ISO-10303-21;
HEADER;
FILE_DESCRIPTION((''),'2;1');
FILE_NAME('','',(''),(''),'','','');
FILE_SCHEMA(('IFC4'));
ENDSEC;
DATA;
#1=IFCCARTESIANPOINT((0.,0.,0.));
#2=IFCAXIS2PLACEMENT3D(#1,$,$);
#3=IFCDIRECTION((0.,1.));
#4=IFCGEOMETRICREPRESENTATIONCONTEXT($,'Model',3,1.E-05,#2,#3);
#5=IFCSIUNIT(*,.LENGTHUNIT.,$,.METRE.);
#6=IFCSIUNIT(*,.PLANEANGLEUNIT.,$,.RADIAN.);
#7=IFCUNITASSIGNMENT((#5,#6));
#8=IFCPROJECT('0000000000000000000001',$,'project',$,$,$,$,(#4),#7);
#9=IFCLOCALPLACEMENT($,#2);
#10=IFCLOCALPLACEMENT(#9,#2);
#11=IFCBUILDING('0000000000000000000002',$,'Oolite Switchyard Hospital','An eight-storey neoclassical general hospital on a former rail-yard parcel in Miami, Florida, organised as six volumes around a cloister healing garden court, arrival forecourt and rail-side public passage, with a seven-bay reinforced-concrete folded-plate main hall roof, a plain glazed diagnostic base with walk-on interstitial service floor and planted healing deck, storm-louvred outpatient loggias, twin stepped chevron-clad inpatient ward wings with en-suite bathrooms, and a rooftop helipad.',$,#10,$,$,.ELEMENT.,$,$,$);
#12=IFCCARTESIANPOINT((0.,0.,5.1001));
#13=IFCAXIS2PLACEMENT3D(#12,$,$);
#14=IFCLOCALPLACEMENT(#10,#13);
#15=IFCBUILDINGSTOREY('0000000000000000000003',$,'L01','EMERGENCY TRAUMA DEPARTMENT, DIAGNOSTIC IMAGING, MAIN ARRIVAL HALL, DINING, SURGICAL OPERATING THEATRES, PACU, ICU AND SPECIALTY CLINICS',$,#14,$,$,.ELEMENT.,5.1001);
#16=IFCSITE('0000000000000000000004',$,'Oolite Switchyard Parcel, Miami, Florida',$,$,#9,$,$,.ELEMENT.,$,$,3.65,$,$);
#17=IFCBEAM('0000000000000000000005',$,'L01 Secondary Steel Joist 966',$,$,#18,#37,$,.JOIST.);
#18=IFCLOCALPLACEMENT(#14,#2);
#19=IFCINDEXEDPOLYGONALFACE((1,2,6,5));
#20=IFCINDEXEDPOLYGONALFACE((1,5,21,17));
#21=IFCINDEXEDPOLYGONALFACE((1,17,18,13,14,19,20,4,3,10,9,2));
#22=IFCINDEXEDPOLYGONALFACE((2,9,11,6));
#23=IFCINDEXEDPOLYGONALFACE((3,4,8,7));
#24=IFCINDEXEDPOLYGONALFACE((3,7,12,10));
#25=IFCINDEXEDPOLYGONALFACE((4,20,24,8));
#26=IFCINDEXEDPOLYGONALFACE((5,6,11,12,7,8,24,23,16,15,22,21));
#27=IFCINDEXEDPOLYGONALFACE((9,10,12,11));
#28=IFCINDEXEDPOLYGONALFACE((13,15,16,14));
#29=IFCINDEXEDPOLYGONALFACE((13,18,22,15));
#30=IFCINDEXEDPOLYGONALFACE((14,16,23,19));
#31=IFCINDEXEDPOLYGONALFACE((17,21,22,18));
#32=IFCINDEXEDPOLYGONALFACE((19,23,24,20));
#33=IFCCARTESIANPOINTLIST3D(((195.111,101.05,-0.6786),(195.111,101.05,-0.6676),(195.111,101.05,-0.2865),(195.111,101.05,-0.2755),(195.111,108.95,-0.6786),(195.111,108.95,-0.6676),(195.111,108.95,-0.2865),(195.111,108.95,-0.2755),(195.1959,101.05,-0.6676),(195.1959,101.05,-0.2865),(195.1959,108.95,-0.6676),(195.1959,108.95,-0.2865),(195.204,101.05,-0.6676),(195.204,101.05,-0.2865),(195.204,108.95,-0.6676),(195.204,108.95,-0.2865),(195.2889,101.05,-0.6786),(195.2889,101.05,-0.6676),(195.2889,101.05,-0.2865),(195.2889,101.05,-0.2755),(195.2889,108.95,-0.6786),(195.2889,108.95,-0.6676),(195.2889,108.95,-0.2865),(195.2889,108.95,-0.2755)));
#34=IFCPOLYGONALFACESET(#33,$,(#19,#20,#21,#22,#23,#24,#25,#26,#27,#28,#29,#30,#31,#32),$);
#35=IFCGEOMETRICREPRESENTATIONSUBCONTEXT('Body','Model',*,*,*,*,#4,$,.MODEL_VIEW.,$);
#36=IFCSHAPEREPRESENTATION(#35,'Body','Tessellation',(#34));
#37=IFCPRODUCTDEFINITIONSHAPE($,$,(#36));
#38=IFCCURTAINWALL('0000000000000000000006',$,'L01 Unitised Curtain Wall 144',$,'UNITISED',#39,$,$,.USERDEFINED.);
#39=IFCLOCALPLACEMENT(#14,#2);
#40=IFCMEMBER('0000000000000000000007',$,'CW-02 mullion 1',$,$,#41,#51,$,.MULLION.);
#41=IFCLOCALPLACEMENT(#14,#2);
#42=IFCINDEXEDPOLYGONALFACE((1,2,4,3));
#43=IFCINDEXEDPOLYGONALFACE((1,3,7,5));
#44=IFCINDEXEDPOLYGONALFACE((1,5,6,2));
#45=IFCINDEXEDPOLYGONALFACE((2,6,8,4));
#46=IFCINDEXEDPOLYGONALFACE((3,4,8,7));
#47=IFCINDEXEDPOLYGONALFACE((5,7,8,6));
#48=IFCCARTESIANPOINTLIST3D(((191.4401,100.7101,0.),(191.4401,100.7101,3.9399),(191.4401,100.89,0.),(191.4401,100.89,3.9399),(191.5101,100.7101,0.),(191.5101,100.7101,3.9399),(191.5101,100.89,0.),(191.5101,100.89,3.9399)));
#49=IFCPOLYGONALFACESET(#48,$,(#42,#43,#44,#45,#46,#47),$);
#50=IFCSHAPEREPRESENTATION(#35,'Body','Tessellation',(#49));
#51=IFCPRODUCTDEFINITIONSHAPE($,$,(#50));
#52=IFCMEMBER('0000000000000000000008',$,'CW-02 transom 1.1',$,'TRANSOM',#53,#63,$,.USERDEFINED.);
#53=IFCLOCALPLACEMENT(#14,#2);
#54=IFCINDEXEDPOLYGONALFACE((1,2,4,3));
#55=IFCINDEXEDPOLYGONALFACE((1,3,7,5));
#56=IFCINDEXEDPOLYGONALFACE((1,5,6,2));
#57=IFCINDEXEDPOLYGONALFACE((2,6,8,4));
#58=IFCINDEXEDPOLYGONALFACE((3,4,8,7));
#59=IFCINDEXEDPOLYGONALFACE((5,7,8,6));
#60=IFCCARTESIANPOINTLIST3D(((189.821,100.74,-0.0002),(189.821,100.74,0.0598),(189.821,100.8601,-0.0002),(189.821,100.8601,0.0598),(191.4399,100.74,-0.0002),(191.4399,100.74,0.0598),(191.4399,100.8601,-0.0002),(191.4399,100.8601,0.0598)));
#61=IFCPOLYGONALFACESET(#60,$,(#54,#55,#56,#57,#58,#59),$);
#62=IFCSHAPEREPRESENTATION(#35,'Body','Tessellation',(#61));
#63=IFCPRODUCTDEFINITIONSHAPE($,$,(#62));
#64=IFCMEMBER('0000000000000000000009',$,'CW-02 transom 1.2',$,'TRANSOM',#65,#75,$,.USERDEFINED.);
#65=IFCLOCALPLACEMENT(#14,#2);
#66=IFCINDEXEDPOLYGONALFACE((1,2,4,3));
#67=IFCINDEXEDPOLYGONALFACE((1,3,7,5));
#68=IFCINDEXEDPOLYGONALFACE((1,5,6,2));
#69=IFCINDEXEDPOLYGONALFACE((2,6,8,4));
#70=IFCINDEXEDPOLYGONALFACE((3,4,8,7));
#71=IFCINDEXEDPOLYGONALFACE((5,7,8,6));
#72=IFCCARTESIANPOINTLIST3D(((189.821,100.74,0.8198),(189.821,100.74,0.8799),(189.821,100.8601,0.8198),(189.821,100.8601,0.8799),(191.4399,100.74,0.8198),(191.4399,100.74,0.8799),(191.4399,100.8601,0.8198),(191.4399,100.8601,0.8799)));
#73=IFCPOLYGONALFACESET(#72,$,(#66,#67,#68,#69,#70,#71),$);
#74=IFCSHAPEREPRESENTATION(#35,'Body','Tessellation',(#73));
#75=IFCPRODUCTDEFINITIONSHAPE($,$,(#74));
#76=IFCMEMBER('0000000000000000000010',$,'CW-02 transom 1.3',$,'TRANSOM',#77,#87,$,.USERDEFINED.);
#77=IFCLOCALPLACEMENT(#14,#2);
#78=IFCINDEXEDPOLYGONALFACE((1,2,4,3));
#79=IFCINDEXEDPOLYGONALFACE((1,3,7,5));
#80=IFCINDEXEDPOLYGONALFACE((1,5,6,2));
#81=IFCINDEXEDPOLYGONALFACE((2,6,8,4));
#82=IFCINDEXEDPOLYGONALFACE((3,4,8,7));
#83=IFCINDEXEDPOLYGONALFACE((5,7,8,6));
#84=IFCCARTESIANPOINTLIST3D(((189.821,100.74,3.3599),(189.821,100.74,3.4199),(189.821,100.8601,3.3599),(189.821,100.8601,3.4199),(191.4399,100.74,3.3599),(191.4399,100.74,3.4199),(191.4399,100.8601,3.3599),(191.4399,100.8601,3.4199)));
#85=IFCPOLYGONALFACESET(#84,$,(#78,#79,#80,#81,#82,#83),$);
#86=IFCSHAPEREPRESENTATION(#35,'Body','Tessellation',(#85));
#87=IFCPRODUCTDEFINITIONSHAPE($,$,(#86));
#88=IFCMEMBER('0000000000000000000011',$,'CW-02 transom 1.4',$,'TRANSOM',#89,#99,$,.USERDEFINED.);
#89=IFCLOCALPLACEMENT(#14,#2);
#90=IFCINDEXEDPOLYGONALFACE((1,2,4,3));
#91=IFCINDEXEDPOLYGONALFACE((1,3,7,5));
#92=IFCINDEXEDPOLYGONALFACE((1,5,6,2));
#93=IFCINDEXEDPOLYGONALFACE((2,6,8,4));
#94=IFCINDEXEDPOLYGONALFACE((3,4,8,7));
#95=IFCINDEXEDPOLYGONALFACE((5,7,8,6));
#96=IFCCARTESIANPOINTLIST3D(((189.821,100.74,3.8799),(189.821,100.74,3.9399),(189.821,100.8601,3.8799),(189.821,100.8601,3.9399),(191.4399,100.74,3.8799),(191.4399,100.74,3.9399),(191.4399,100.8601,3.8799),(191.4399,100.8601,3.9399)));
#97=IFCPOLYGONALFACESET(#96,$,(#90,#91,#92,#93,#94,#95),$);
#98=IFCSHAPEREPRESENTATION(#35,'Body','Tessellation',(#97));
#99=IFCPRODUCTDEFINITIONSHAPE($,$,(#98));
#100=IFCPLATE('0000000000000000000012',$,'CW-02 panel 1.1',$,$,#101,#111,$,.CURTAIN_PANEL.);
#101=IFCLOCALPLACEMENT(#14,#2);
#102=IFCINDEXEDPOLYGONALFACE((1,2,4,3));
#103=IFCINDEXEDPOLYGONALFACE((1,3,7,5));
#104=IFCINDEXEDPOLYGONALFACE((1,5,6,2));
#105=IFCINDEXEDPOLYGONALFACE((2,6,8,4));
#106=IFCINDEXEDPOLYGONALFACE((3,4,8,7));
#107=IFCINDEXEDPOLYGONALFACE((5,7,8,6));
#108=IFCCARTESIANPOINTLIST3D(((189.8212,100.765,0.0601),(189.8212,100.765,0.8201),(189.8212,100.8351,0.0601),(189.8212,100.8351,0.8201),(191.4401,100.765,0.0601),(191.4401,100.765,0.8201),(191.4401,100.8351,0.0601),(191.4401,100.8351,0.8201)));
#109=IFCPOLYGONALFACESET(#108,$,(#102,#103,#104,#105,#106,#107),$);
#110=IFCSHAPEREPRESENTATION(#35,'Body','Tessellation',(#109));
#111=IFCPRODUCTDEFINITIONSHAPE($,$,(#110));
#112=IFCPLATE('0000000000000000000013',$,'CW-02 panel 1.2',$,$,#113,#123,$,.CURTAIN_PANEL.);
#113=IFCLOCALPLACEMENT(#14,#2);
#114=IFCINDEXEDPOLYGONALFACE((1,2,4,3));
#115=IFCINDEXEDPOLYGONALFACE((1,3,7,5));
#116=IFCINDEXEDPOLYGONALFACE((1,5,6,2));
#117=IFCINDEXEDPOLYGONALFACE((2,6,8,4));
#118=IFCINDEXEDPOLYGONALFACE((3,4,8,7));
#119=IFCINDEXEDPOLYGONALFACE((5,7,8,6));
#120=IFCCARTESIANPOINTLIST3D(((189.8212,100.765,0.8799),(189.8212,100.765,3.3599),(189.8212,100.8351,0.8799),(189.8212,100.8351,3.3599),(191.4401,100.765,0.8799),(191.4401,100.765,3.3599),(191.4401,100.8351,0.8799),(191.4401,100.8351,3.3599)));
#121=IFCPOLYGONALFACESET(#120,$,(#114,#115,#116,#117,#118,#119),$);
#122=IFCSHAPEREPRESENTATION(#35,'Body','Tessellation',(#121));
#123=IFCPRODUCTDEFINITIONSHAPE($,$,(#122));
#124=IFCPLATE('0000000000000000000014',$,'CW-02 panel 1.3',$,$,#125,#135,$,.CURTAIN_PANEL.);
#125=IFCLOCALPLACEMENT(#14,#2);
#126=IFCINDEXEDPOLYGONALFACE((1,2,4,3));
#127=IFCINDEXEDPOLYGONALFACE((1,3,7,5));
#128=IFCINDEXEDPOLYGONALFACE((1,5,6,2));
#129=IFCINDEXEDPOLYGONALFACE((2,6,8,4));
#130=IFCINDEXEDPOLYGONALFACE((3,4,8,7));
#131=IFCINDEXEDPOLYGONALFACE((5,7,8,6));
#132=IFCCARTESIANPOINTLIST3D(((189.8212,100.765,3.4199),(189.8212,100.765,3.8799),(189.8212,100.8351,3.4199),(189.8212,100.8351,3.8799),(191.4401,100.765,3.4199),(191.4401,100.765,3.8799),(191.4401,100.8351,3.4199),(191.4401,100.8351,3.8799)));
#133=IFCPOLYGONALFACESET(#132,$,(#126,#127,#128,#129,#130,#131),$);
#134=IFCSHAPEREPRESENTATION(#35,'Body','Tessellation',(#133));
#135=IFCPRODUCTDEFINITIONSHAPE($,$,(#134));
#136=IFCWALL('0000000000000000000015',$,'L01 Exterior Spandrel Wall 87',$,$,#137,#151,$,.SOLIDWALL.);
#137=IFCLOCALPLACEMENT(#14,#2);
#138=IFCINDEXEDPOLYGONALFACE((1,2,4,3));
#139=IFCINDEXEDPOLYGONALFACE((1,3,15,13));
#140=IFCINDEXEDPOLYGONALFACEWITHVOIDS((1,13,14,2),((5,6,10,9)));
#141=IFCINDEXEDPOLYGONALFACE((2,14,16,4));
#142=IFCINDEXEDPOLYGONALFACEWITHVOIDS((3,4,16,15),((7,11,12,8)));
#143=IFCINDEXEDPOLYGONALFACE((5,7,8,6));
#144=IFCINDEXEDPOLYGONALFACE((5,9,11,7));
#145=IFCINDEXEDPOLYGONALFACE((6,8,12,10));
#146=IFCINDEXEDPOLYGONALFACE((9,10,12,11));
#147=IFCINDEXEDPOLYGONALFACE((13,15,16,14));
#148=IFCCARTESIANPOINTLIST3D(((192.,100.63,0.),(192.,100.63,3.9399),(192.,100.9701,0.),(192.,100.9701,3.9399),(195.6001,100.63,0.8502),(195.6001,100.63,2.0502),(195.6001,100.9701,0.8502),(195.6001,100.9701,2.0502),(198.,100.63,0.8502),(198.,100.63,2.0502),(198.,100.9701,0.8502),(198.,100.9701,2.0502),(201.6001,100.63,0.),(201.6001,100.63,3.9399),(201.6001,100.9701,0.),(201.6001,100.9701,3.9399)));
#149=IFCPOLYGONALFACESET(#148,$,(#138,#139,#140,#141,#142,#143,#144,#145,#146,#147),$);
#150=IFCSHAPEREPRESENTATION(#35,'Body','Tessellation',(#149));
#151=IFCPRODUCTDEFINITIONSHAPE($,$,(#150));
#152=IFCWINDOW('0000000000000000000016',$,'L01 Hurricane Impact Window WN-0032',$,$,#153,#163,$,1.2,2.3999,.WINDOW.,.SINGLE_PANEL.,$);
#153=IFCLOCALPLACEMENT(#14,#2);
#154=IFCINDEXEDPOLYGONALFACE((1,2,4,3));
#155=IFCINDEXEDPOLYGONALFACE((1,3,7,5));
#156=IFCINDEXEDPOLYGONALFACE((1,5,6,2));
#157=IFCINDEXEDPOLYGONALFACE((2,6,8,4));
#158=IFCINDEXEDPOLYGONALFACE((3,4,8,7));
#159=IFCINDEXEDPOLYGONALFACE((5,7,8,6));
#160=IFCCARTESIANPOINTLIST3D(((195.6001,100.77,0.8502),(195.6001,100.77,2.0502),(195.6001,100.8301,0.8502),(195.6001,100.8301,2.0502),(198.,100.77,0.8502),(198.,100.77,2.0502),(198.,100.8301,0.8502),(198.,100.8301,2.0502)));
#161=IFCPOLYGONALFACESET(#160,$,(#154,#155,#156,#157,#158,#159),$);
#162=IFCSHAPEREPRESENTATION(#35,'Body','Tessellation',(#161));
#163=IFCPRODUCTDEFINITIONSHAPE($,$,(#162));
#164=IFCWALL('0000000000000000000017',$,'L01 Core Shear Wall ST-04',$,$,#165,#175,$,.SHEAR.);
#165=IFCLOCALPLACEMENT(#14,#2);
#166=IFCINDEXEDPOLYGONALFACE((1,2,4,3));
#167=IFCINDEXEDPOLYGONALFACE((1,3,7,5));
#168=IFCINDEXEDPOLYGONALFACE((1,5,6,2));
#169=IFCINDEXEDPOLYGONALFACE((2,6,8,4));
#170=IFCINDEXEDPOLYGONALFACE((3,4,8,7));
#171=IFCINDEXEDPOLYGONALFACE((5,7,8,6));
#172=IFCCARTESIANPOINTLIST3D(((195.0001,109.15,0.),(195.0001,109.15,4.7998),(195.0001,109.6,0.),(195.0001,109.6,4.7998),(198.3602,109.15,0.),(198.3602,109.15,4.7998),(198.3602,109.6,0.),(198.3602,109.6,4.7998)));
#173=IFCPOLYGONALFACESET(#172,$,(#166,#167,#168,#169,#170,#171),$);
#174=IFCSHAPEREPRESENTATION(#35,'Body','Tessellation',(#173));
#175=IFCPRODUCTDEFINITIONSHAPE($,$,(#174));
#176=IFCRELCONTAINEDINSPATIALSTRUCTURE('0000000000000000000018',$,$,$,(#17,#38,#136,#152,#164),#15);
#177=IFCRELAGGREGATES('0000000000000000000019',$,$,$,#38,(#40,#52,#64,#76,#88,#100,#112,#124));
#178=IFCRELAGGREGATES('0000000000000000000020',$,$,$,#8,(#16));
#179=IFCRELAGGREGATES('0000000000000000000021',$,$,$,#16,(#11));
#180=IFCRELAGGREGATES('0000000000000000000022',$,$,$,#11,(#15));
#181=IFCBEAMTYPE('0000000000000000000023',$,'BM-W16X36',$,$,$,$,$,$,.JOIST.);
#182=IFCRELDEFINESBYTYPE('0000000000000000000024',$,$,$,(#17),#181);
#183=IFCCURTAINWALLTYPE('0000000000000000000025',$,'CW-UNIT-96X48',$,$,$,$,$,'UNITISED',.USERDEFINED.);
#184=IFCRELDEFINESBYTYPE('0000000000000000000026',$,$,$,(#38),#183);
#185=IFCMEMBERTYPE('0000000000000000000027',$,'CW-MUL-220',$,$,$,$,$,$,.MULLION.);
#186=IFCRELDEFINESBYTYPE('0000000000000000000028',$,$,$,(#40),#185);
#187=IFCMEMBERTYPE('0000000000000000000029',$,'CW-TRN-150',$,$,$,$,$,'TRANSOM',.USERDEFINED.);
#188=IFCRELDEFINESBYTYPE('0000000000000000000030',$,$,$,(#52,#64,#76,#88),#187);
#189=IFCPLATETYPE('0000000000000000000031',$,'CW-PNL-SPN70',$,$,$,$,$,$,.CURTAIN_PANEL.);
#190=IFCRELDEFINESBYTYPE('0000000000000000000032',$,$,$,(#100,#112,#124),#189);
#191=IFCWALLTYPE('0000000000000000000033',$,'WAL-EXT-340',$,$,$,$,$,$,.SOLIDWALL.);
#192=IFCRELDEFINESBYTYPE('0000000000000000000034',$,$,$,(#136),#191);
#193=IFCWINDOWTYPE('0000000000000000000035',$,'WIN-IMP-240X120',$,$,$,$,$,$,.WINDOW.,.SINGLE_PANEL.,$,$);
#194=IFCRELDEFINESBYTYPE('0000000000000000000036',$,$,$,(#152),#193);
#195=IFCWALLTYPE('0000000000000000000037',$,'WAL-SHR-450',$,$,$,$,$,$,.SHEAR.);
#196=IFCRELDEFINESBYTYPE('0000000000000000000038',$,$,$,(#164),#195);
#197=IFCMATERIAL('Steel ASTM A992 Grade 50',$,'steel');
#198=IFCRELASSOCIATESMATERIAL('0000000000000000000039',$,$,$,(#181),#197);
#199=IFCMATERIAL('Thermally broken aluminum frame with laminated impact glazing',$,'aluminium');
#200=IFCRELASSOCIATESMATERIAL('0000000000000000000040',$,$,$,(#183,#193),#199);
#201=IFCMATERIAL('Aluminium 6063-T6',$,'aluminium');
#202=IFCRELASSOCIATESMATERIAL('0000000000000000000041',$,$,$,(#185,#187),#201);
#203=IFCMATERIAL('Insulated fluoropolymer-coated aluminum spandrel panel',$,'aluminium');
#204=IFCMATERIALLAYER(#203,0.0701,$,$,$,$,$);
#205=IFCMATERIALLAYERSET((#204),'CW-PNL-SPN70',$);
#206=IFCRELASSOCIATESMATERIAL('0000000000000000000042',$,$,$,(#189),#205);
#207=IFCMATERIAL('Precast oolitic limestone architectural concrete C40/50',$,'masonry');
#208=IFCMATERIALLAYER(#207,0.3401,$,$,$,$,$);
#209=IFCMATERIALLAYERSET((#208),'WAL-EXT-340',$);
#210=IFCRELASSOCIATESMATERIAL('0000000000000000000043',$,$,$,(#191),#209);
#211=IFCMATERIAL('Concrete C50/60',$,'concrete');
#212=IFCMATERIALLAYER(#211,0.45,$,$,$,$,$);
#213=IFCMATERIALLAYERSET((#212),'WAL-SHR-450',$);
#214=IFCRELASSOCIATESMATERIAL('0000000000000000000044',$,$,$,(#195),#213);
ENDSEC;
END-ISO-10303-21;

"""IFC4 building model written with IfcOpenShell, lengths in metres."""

from ifc_helpers import new_model, si_unit, direction, frame, frame_2d, origin, origin_2d, place, context, subcontext, project, spatial, rectangle, i_section, extrude, material, layer, layer_set, material_profile, profile_set, type_object, element, fill, aggregate, save


model = new_model("IFC4")

# Units and contexts
model_context = context("Model", 3, precision=1e-05, world=origin(), true_north=direction((0.0, 1.0)))
body_context = subcontext(model_context, "Body", "Model", "MODEL_VIEW")
ifc_project = project(units=[si_unit("LENGTHUNIT", "METRE"), si_unit("PLANEANGLEUNIT", "RADIAN")], contexts=[model_context])

# Site, building, storey
site_placement = place(None, origin())
site = spatial("IfcSite", under=ifc_project, at=site_placement, Name="Oolite Switchyard Parcel, Miami, Florida", CompositionType="ELEMENT", RefElevation=3.65)
building_placement = place(site_placement, origin())
building = spatial("IfcBuilding", under=site, at=building_placement, Name="Oolite Switchyard Hospital", Description="An eight-storey neoclassical general hospital on a former rail-yard parcel in Miami, Florida, organised as six volumes around a cloister healing garden court, arrival forecourt and rail-side public passage, with a seven-bay reinforced-concrete folded-plate main hall roof, a plain glazed diagnostic base with walk-on interstitial service floor and planted healing deck, storm-louvred outpatient loggias, twin stepped chevron-clad inpatient ward wings with en-suite bathrooms, and a rooftop helipad.", CompositionType="ELEMENT")
storey_placement = place(building_placement, frame((0.0, 0.0, 5.1001)))
storey = spatial("IfcBuildingStorey", under=building, at=storey_placement, Name="L01", Description="EMERGENCY TRAUMA DEPARTMENT, DIAGNOSTIC IMAGING, MAIN ARRIVAL HALL, DINING, SURGICAL OPERATING THEATRES, PACU, ICU AND SPECIALTY CLINICS", CompositionType="ELEMENT", Elevation=5.1001)

# Shared definitions
ifc_material_1 = material(Name="Concrete C50/60", Category="concrete")

# Beam
ifc_material_2 = material(Name="Steel ASTM A992 Grade 50", Category="steel")
ifc_material_profile_1 = material_profile(ifc_material_2, i_section(OverallWidth=0.178, OverallDepth=0.4031, WebThickness=0.0081, FlangeThickness=0.011, at=origin_2d()), Name="W16X36")
ifc_profile_set_1 = profile_set([ifc_material_profile_1], Name="Steel ASTM A992 Grade 50")
beam_type_1 = type_object("IfcBeamType", Name="BM-W16X36", PredefinedType="JOIST", material=ifc_profile_set_1)
beam_1_placement = place(storey_placement, frame((195.2, 101.05, -0.4771), z_axis=(0.0, 1.0, 0.0), x_axis=(-1.0, 0.0, 0.0)))
element("IfcBeam", 1, at=beam_1_placement, inside=storey, type_object=beam_type_1, Name="L01 Secondary Steel Joist 966", PredefinedType="JOIST", context=body_context, shape_type="SweptSolid", body=[
    extrude(i_section(OverallWidth=0.178, OverallDepth=0.4031, WebThickness=0.0081, FlangeThickness=0.011, at=origin_2d()), origin(), (0.0, 0.0, 1.0), 7.8999),
])

# Curtain wall, members, plates
ifc_material_3 = material(Name="Thermally broken aluminum frame with laminated impact glazing", Category="aluminium")
curtain_wall_type = type_object("IfcCurtainWallType", Name="CW-UNIT-96X48", ElementType="UNITISED", PredefinedType="USERDEFINED", material=ifc_material_3)
curtain_wall_placement = place(storey_placement, origin())
curtain_wall = element("IfcCurtainWall", 2, at=curtain_wall_placement, inside=storey, type_object=curtain_wall_type, Name="L01 Unitised Curtain Wall 144", ObjectType="UNITISED", PredefinedType="USERDEFINED")
ifc_material_4 = material(Name="Aluminium 6063-T6", Category="aluminium")
ifc_material_profile_2 = material_profile(ifc_material_4, rectangle(XDim=0.1799, YDim=0.0701, at=origin_2d()), Name="CWM70X180")
ifc_profile_set_2 = profile_set([ifc_material_profile_2], Name="Aluminium 6063-T6")
member_type_1 = type_object("IfcMemberType", Name="CW-MUL-220", PredefinedType="MULLION", material=ifc_profile_set_2)
member_1_placement = place(storey_placement, frame((191.4751, 100.8, 0.0), z_axis=(0.0, 0.0, 1.0), x_axis=(0.0, -1.0, 0.0)))
member_1 = element("IfcMember", 3, at=member_1_placement, type_object=member_type_1, Name="CW-02 mullion 1", PredefinedType="MULLION", context=body_context, shape_type="SweptSolid", body=[
    extrude(rectangle(XDim=0.1799, YDim=0.0701, at=origin_2d()), origin(), (0.0, 0.0, 1.0), 3.9399),
])
ifc_material_profile_3 = material_profile(ifc_material_4, rectangle(XDim=0.1201, YDim=0.0601, at=origin_2d()), Name="CWT60X120")
ifc_profile_set_3 = profile_set([ifc_material_profile_3], Name="Aluminium 6063-T6")
member_type_2 = type_object("IfcMemberType", Name="CW-TRN-150", ElementType="TRANSOM", PredefinedType="USERDEFINED", material=ifc_profile_set_3)
member_2_placement = place(storey_placement, frame((191.4399, 100.8, 0.0298), z_axis=(-1.0, 0.0, 0.0), x_axis=(0.0, -1.0, 0.0)))
member_2 = element("IfcMember", 4, at=member_2_placement, type_object=member_type_2, Name="CW-02 transom 1.1", ObjectType="TRANSOM", PredefinedType="USERDEFINED", context=body_context, shape_type="SweptSolid", body=[
    extrude(rectangle(XDim=0.1201, YDim=0.0601, at=origin_2d()), origin(), (0.0, 0.0, 1.0), 1.6189),
])
member_3_placement = place(storey_placement, frame((191.4399, 100.8, 0.8499), z_axis=(-1.0, 0.0, 0.0), x_axis=(0.0, -1.0, 0.0)))
member_3 = element("IfcMember", 5, at=member_3_placement, type_object=member_type_2, Name="CW-02 transom 1.2", ObjectType="TRANSOM", PredefinedType="USERDEFINED", context=body_context, shape_type="SweptSolid", body=[
    extrude(rectangle(XDim=0.1201, YDim=0.0601, at=origin_2d()), origin(), (0.0, 0.0, 1.0), 1.6189),
])
member_4_placement = place(storey_placement, frame((191.4399, 100.8, 3.3899), z_axis=(-1.0, 0.0, 0.0), x_axis=(0.0, -1.0, 0.0)))
member_4 = element("IfcMember", 6, at=member_4_placement, type_object=member_type_2, Name="CW-02 transom 1.3", ObjectType="TRANSOM", PredefinedType="USERDEFINED", context=body_context, shape_type="SweptSolid", body=[
    extrude(rectangle(XDim=0.1201, YDim=0.0601, at=origin_2d()), origin(), (0.0, 0.0, 1.0), 1.6189),
])
member_5_placement = place(storey_placement, frame((191.4399, 100.8, 3.9099), z_axis=(-1.0, 0.0, 0.0), x_axis=(0.0, -1.0, 0.0)))
member_5 = element("IfcMember", 7, at=member_5_placement, type_object=member_type_2, Name="CW-02 transom 1.4", ObjectType="TRANSOM", PredefinedType="USERDEFINED", context=body_context, shape_type="SweptSolid", body=[
    extrude(rectangle(XDim=0.1201, YDim=0.0601, at=origin_2d()), origin(), (0.0, 0.0, 1.0), 1.6189),
])
ifc_material_5 = material(Name="Insulated fluoropolymer-coated aluminum spandrel panel", Category="aluminium")
ifc_layer_1 = layer(ifc_material_5, 0.0701)
ifc_layer_set_1 = layer_set([ifc_layer_1], Name="CW-PNL-SPN70")
plate_type = type_object("IfcPlateType", Name="CW-PNL-SPN70", PredefinedType="CURTAIN_PANEL", material=ifc_layer_set_1)
plate_1_placement = place(storey_placement, frame((190.6306, 100.8, 0.0601), z_axis=(0.0, 0.0, 1.0), x_axis=(-1.0, 0.0, 0.0)))
plate_1 = element("IfcPlate", 8, at=plate_1_placement, type_object=plate_type, Name="CW-02 panel 1.1", PredefinedType="CURTAIN_PANEL", context=body_context, shape_type="SweptSolid", body=[
    extrude(rectangle(XDim=1.6189, YDim=0.0701, at=origin_2d()), origin(), (0.0, 0.0, 1.0), 0.76),
])
plate_2_placement = place(storey_placement, frame((190.6306, 100.8, 0.8799), z_axis=(0.0, 0.0, 1.0), x_axis=(-1.0, 0.0, 0.0)))
plate_2 = element("IfcPlate", 9, at=plate_2_placement, type_object=plate_type, Name="CW-02 panel 1.2", PredefinedType="CURTAIN_PANEL", context=body_context, shape_type="SweptSolid", body=[
    extrude(rectangle(XDim=1.6189, YDim=0.0701, at=origin_2d()), origin(), (0.0, 0.0, 1.0), 2.48),
])
plate_3_placement = place(storey_placement, frame((190.6306, 100.8, 3.4199), z_axis=(0.0, 0.0, 1.0), x_axis=(-1.0, 0.0, 0.0)))
plate_3 = element("IfcPlate", 10, at=plate_3_placement, type_object=plate_type, Name="CW-02 panel 1.3", PredefinedType="CURTAIN_PANEL", context=body_context, shape_type="SweptSolid", body=[
    extrude(rectangle(XDim=1.6189, YDim=0.0701, at=origin_2d()), origin(), (0.0, 0.0, 1.0), 0.46),
])
aggregate(curtain_wall, [member_1, member_2, member_3, member_4, member_5, plate_1, plate_2, plate_3])

# Wall, opening, window
ifc_material_6 = material(Name="Precast oolitic limestone architectural concrete C40/50", Category="masonry")
ifc_layer_2 = layer(ifc_material_6, 0.3401)
ifc_layer_set_2 = layer_set([ifc_layer_2], Name="WAL-EXT-340")
wall_type_1 = type_object("IfcWallType", Name="WAL-EXT-340", PredefinedType="SOLIDWALL", material=ifc_layer_set_2)
wall_1_placement = place(storey_placement, frame((201.6001, 100.8, 0.0), z_axis=(0.0, 0.0, 1.0), x_axis=(-1.0, 0.0, 0.0)))
wall_1 = element("IfcWall", 11, at=wall_1_placement, inside=storey, type_object=wall_type_1, Name="L01 Exterior Spandrel Wall 87", PredefinedType="SOLIDWALL", context=body_context, shape_type="SweptSolid", body=[
    extrude(rectangle(XDim=9.6001, YDim=0.3401, at=frame_2d((4.8, 0.0))), origin(), (0.0, 0.0, 1.0), 3.9399),
])
opening_placement = place(wall_1_placement, frame((3.6001, 0.0, 0.8501)))
opening = element("IfcOpeningElement", 12, at=opening_placement, cuts=wall_1, PredefinedType="OPENING", context=body_context, shape_type="SweptSolid", body=[
    extrude(rectangle(XDim=2.3999, YDim=1.2, at=frame_2d((1.2, 0.6001))), frame((0.0, 0.1802, 0.0), z_axis=(0.0, -1.0, 0.0), x_axis=(1.0, 0.0, 0.0)), (0.0, 0.0, 1.0), 0.3601),
])
window_type = type_object("IfcWindowType", Name="WIN-IMP-240X120", PartitioningType="SINGLE_PANEL", PredefinedType="WINDOW", material=ifc_material_3)
window_placement = place(opening_placement, origin())
window = element("IfcWindow", 13, at=window_placement, inside=storey, type_object=window_type, Name="L01 Hurricane Impact Window WN-0032", OverallHeight=1.2, OverallWidth=2.3999, PartitioningType="SINGLE_PANEL", PredefinedType="WINDOW", context=body_context, shape_type="SweptSolid", body=[
    extrude(rectangle(XDim=2.3999, YDim=1.2, at=frame_2d((1.2, 0.6001))), frame((0.0, 0.03, 0.0), z_axis=(0.0, -1.0, 0.0), x_axis=(1.0, 0.0, 0.0)), (0.0, 0.0, 1.0), 0.0601),
])
fill(opening, window)

# Wall
ifc_layer_3 = layer(ifc_material_1, 0.45)
ifc_layer_set_3 = layer_set([ifc_layer_3], Name="WAL-SHR-450")
wall_type_2 = type_object("IfcWallType", Name="WAL-SHR-450", PredefinedType="SHEAR", material=ifc_layer_set_3)
wall_2_placement = place(storey_placement, frame((195.0, 109.375, 0.0), z_axis=(0.0, 0.0, 1.0), x_axis=(1.0, 0.0, 0.0)))
element("IfcWall", 14, at=wall_2_placement, inside=storey, type_object=wall_type_2, Name="L01 Core Shear Wall ST-04", PredefinedType="SHEAR", context=body_context, shape_type="SweptSolid", body=[
    extrude(rectangle(XDim=3.3601, YDim=0.45, at=frame_2d((1.6802, 0.0))), origin(), (0.0, 0.0, 1.0), 4.7998),
])

save(model, "model.ifc")
